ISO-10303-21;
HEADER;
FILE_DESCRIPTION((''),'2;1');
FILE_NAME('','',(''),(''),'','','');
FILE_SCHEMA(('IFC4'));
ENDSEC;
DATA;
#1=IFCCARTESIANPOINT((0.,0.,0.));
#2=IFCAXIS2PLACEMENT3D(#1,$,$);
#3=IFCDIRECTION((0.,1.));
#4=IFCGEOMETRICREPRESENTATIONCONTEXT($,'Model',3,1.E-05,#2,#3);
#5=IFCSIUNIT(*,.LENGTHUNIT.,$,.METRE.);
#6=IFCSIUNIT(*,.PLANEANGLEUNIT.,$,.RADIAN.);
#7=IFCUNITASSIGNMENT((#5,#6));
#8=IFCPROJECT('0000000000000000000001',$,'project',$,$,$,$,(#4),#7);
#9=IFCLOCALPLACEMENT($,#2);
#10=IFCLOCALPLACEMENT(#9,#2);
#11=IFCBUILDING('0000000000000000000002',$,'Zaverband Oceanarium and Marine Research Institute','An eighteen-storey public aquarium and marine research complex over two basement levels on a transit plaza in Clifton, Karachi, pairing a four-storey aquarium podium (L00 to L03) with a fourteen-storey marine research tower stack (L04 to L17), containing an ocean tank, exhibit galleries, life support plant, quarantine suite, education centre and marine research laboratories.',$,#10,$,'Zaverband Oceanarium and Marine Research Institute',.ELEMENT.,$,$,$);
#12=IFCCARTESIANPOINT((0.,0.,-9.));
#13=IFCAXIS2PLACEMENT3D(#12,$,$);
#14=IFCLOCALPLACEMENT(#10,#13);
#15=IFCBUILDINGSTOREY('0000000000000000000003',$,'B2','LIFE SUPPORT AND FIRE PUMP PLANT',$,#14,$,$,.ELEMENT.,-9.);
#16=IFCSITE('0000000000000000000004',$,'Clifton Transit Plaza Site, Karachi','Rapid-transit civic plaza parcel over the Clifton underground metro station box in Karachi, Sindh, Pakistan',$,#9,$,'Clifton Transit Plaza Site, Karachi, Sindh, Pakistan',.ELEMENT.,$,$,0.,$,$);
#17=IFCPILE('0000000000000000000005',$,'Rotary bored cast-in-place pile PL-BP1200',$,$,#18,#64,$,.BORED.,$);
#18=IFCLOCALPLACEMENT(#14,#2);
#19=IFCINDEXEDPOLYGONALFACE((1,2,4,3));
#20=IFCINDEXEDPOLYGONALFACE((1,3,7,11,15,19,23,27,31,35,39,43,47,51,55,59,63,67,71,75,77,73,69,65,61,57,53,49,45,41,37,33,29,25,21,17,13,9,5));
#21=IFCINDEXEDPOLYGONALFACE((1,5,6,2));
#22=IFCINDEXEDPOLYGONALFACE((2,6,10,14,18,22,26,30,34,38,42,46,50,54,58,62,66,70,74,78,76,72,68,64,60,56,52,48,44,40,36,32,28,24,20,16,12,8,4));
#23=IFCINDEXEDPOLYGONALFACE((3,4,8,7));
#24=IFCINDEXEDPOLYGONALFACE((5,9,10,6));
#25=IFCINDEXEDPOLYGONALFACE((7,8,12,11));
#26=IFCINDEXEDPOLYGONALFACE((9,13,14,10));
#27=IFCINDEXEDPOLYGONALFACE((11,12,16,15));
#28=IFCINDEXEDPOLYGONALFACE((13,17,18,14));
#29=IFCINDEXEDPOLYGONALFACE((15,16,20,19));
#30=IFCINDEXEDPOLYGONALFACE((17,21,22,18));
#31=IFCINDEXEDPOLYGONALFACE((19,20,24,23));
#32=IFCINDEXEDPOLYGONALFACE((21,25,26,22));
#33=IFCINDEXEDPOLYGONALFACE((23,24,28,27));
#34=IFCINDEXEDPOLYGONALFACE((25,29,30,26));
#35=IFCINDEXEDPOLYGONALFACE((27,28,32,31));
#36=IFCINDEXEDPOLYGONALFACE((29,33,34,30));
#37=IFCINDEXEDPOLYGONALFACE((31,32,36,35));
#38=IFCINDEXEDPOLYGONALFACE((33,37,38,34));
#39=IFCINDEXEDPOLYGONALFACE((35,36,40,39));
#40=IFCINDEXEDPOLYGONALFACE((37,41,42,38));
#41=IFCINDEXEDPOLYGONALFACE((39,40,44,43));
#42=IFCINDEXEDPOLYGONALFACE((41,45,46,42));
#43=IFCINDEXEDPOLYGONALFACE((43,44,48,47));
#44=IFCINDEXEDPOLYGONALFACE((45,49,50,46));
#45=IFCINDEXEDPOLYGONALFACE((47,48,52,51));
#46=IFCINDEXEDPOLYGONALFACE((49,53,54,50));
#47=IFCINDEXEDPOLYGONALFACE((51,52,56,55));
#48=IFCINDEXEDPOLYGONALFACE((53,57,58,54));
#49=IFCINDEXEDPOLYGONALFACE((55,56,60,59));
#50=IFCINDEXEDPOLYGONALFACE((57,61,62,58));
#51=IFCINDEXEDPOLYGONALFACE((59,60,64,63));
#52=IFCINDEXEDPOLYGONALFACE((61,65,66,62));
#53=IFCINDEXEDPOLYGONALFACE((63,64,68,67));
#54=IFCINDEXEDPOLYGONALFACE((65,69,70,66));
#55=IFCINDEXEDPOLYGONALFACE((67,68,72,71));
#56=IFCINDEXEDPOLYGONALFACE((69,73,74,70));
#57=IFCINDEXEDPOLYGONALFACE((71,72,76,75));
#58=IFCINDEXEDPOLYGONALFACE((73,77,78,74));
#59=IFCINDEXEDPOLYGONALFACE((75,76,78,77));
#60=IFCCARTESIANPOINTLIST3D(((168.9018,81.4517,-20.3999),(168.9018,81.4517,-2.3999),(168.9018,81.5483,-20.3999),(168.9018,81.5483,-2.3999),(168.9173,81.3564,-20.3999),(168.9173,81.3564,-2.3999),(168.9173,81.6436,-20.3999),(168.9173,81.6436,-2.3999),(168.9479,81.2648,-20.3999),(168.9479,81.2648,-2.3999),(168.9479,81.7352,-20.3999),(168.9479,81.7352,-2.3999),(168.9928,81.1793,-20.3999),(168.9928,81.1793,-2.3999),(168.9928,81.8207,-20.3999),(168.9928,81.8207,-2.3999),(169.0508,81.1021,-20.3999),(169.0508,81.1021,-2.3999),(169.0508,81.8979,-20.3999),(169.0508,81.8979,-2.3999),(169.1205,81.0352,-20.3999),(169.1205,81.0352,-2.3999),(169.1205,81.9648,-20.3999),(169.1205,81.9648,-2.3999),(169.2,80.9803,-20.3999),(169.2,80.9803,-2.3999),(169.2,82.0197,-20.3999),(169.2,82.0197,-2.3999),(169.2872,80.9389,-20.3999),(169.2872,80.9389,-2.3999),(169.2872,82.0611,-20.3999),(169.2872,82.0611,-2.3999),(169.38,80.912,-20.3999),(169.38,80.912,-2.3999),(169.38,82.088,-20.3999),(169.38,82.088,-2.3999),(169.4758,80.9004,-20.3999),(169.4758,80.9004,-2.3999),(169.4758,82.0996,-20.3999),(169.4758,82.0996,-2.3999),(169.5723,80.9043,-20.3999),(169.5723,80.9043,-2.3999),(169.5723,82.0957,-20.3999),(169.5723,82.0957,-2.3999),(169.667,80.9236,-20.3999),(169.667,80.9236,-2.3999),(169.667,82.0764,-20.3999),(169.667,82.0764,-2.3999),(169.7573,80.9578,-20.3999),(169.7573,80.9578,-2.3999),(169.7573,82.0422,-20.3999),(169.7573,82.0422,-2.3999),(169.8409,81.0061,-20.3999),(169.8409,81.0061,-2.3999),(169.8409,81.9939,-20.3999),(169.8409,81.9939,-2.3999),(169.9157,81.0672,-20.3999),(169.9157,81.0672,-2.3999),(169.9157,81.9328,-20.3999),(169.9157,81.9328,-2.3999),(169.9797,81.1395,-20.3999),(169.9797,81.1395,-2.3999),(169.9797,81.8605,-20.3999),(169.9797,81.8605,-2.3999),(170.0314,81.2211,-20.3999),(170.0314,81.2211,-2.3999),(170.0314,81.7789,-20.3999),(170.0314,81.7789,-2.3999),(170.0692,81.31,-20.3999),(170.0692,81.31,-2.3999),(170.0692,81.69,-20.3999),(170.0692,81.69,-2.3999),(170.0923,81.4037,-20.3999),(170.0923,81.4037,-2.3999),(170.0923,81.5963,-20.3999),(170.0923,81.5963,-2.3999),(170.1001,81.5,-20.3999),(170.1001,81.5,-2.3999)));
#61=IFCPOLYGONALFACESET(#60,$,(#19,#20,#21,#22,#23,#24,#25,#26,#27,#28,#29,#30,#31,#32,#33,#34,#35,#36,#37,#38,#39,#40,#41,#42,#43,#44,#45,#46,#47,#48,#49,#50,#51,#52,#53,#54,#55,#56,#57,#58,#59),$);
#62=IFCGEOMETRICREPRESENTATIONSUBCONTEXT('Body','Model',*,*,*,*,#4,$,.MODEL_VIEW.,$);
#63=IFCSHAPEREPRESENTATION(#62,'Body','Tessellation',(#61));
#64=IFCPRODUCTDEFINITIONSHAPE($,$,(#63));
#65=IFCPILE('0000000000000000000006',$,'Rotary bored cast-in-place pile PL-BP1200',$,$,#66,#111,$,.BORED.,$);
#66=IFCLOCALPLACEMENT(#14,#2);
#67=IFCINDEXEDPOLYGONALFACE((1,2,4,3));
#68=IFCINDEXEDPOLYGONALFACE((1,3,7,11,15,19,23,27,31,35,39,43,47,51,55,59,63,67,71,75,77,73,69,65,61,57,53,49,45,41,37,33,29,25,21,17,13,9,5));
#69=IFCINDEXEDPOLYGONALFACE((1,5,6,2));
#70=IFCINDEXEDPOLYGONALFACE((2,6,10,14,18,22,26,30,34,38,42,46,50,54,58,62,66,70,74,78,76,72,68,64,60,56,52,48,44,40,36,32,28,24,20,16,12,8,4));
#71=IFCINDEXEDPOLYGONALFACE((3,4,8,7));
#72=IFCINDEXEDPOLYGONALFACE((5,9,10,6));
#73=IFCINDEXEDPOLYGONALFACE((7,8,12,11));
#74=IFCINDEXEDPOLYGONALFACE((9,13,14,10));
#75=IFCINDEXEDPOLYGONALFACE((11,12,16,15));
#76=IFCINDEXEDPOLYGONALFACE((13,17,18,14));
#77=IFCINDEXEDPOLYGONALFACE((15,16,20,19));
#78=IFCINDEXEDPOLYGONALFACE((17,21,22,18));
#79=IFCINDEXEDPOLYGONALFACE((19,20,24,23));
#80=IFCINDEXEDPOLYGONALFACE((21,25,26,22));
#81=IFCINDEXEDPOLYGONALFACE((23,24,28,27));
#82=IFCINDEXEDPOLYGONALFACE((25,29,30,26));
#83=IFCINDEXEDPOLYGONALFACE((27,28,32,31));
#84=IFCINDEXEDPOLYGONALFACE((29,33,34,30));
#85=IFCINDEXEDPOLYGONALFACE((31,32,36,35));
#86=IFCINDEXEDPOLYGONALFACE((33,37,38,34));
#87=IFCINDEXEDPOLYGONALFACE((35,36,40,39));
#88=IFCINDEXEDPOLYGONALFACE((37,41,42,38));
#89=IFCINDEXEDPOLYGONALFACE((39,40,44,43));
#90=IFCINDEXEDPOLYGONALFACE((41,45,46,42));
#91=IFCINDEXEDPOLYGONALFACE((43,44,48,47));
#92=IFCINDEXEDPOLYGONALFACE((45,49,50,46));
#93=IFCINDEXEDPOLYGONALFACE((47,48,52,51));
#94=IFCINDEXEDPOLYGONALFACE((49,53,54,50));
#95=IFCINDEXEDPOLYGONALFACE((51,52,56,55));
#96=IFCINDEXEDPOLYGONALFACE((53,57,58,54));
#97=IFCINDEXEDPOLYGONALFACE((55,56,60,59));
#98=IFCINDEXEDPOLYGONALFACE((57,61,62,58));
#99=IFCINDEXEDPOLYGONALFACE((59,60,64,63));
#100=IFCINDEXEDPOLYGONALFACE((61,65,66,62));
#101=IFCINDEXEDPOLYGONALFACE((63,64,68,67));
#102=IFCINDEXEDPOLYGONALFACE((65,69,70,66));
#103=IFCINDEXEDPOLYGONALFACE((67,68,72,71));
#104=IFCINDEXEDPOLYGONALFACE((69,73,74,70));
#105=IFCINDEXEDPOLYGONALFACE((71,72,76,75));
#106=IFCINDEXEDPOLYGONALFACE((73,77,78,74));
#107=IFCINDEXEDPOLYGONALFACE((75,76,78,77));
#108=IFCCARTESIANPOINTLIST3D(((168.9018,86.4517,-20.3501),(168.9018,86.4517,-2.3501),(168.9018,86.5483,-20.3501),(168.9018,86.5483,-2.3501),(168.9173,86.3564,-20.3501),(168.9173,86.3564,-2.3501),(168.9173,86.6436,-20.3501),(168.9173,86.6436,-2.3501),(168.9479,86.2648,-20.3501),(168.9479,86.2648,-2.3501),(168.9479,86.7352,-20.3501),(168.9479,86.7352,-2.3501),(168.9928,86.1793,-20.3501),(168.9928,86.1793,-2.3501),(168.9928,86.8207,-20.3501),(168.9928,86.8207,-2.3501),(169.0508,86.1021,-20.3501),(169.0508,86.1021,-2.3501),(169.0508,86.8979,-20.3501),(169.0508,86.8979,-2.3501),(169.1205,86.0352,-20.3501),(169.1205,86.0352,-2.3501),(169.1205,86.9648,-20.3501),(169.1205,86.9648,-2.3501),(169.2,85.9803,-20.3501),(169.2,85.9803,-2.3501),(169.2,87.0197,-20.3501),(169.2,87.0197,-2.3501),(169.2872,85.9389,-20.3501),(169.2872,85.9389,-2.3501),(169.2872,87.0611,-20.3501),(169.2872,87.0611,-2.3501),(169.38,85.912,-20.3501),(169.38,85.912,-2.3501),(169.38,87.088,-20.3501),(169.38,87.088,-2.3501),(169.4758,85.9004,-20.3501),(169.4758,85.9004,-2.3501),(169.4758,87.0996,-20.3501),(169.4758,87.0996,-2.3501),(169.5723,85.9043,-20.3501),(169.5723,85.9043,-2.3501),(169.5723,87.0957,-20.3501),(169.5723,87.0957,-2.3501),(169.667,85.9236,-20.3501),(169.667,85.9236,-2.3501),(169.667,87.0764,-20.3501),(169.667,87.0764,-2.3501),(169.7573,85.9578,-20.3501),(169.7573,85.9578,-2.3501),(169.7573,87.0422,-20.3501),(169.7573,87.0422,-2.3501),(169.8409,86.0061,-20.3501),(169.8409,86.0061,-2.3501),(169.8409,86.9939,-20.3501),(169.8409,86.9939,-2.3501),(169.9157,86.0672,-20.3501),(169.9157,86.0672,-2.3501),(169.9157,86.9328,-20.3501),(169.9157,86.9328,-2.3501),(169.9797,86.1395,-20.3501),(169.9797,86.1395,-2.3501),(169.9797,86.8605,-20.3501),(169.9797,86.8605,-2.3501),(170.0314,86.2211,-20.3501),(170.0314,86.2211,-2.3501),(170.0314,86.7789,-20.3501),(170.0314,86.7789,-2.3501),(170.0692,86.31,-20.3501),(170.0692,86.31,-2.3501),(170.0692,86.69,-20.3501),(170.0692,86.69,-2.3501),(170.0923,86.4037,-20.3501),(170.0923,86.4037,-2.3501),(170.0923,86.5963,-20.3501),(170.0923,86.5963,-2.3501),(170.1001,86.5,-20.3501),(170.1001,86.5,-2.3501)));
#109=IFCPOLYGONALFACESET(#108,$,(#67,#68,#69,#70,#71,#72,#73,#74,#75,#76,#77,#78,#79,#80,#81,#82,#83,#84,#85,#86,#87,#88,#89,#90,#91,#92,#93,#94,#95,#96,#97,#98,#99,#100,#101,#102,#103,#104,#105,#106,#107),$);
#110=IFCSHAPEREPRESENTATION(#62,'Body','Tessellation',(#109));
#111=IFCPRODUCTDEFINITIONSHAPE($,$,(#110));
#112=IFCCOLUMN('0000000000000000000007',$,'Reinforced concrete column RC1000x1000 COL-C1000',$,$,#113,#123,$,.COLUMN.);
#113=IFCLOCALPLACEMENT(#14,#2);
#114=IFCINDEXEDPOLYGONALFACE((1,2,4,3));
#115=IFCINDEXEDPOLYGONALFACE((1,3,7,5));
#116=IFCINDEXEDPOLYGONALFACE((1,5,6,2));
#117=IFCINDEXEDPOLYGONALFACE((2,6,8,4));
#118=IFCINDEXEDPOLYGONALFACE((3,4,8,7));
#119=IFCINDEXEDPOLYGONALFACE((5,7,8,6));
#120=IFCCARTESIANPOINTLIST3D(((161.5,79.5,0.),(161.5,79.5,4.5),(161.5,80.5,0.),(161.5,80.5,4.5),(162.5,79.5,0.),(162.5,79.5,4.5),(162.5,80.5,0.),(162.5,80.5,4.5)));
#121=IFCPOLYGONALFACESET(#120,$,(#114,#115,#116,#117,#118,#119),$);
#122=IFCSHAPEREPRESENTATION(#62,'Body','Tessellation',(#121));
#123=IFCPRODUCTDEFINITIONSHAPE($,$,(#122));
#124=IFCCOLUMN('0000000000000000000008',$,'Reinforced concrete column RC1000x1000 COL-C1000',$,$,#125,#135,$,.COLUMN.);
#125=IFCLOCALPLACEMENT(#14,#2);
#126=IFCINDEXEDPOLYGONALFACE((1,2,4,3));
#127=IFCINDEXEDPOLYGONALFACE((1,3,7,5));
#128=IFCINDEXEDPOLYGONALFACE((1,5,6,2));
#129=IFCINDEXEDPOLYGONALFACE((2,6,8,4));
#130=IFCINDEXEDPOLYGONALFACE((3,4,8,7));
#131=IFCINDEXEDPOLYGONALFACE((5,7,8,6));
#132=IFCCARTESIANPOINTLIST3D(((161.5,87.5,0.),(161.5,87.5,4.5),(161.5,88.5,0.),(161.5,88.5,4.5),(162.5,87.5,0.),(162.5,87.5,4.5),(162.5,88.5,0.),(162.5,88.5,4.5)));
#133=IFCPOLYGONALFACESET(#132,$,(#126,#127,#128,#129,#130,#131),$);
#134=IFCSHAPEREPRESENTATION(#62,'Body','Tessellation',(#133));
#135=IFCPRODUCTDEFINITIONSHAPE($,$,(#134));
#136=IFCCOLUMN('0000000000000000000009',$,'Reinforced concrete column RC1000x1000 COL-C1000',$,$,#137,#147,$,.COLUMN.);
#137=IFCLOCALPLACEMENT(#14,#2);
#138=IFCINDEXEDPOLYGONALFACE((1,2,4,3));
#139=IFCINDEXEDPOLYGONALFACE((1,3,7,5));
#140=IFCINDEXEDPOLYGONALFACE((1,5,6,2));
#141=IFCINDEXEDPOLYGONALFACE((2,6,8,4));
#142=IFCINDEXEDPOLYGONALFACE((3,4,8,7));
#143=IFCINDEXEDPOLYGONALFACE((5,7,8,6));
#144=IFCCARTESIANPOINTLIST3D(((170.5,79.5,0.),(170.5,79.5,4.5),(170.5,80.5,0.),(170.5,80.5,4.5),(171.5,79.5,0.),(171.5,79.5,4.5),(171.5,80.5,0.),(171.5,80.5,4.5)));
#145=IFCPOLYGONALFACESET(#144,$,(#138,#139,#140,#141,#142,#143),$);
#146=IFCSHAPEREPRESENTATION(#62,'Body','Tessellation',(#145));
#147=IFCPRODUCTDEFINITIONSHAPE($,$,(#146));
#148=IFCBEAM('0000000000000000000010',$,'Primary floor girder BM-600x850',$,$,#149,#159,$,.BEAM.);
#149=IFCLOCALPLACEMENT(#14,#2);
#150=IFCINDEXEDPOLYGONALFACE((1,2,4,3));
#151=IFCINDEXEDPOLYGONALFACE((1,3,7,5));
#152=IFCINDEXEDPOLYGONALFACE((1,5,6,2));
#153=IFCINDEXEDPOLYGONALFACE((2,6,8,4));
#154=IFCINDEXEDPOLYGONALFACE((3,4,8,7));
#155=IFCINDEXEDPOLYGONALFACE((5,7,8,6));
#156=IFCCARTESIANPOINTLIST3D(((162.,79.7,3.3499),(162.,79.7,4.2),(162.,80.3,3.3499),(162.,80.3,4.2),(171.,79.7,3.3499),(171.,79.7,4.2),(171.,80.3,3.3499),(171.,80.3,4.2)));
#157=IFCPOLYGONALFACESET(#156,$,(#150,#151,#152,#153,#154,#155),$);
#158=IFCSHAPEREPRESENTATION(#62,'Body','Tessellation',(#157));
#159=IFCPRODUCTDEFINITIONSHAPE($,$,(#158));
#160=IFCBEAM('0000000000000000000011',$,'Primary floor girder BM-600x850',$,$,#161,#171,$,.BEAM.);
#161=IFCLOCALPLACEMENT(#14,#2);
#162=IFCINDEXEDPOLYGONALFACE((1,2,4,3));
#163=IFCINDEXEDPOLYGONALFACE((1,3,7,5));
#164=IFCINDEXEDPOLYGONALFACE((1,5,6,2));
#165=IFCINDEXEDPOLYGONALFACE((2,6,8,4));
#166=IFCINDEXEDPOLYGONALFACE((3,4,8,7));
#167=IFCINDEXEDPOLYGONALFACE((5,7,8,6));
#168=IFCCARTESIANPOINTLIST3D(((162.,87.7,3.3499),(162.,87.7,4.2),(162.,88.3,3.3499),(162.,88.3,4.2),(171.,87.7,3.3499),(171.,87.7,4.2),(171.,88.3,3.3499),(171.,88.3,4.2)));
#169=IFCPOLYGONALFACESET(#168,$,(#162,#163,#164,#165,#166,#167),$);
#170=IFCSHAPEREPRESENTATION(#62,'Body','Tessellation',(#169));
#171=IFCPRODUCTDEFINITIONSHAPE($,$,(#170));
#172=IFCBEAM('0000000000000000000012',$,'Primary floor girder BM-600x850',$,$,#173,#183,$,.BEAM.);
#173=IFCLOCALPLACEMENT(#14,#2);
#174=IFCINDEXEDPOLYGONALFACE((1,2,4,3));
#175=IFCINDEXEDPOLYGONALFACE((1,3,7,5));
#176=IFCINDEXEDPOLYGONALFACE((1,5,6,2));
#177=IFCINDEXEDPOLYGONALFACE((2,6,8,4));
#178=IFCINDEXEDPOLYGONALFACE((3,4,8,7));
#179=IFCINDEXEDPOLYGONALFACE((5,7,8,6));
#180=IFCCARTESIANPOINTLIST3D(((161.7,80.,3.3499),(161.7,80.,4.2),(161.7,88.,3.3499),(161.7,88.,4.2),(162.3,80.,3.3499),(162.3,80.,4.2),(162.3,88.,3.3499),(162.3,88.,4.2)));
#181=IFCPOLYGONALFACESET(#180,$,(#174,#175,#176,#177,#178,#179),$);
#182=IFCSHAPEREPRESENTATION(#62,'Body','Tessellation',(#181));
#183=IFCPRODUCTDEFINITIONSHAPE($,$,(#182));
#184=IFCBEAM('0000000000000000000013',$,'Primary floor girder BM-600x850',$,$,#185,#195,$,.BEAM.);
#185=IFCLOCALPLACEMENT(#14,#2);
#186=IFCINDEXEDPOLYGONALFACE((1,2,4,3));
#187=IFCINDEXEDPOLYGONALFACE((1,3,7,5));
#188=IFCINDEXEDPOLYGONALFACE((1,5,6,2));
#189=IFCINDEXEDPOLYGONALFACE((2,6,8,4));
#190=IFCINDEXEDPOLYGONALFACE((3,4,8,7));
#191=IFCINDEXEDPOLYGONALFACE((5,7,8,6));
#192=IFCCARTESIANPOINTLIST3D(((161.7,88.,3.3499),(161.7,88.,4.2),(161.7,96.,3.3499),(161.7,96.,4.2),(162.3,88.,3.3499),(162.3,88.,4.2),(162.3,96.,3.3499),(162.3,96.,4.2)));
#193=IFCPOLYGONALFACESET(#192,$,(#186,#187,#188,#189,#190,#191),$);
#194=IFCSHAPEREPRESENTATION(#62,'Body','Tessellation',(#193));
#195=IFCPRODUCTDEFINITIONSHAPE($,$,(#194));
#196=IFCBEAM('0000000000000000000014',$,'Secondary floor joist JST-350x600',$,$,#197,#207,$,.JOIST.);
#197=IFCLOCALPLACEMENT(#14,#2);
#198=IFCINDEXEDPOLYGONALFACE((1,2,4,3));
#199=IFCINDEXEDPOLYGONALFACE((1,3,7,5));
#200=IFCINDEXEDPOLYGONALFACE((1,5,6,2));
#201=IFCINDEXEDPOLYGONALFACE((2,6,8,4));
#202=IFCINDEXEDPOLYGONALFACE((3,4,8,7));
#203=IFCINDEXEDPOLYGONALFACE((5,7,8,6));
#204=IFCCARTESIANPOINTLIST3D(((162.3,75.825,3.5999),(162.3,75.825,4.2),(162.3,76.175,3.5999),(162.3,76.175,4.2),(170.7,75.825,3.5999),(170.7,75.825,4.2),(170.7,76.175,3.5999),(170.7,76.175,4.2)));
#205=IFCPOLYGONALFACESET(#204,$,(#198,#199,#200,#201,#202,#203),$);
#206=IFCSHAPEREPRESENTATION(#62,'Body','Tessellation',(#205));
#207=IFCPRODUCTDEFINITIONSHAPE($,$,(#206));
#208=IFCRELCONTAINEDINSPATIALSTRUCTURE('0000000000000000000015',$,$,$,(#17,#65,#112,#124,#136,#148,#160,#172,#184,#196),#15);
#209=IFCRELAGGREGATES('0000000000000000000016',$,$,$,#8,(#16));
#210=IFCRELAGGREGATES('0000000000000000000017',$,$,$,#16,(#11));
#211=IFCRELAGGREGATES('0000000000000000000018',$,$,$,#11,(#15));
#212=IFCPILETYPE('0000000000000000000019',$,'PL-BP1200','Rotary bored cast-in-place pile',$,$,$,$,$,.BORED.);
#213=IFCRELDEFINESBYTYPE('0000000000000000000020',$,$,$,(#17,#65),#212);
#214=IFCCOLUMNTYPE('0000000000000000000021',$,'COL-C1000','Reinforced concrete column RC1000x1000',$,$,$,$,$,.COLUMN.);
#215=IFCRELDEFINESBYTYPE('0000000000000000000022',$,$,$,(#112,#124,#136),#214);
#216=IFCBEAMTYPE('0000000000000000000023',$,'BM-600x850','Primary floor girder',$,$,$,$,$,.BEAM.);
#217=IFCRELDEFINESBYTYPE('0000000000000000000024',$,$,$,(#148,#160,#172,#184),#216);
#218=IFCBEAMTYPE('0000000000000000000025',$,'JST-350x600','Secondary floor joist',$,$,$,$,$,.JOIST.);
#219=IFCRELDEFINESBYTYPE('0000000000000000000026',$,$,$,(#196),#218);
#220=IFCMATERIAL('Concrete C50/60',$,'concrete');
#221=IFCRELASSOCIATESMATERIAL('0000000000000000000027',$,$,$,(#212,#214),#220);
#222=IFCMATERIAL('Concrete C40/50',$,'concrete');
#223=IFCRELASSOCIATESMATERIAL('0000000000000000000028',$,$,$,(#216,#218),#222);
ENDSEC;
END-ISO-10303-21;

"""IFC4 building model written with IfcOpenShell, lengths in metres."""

from ifc_helpers import new_model, si_unit, direction, frame, origin, origin_2d, place, context, subcontext, project, spatial, rectangle, circle, extrude, material, material_profile, profile_set, type_object, element, save


model = new_model("IFC4")

# Units and contexts
model_context = context("Model", 3, precision=1e-05, world=origin(), true_north=direction((0.0, 1.0)))
body_context = subcontext(model_context, "Body", "Model", "MODEL_VIEW")
ifc_project = project(units=[si_unit("LENGTHUNIT", "METRE"), si_unit("PLANEANGLEUNIT", "RADIAN")], contexts=[model_context])

# Site, building, storey
site_placement = place(None, origin())
site = spatial("IfcSite", under=ifc_project, at=site_placement, Name="Clifton Transit Plaza Site, Karachi", Description="Rapid-transit civic plaza parcel over the Clifton underground metro station box in Karachi, Sindh, Pakistan", LongName="Clifton Transit Plaza Site, Karachi, Sindh, Pakistan", CompositionType="ELEMENT", RefElevation=0.0)
building_placement = place(site_placement, origin())
building = spatial("IfcBuilding", under=site, at=building_placement, Name="Zaverband Oceanarium and Marine Research Institute", Description="An eighteen-storey public aquarium and marine research complex over two basement levels on a transit plaza in Clifton, Karachi, pairing a four-storey aquarium podium (L00 to L03) with a fourteen-storey marine research tower stack (L04 to L17), containing an ocean tank, exhibit galleries, life support plant, quarantine suite, education centre and marine research laboratories.", LongName="Zaverband Oceanarium and Marine Research Institute", CompositionType="ELEMENT")
storey_placement = place(building_placement, frame((0.0, 0.0, -9.0)))
storey = spatial("IfcBuildingStorey", under=building, at=storey_placement, Name="B2", Description="LIFE SUPPORT AND FIRE PUMP PLANT", CompositionType="ELEMENT", Elevation=-9.0)

# Shared definitions
ifc_material_1 = material(Name="Concrete C50/60", Category="concrete")

# Piles
ifc_material_profile_1 = material_profile(ifc_material_1, circle(Radius=0.6001, at=origin_2d()), Name="BP1200")
ifc_profile_set_1 = profile_set([ifc_material_profile_1], Name="Concrete C50/60")
pile_type = type_object("IfcPileType", Name="PL-BP1200", Description="Rotary bored cast-in-place pile", PredefinedType="BORED", material=ifc_profile_set_1)
for number, where, z_axis, x_axis, name in (
    (1, (169.5, 81.5, -2.3999), (0.0, 0.0, -1.0), (1.0, 0.0, 0.0), "Rotary bored cast-in-place pile PL-BP1200"),
    (2, (169.5, 86.5, -2.3501), (0.0, 0.0, -1.0), (1.0, 0.0, 0.0), "Rotary bored cast-in-place pile PL-BP1200"),
):
    element("IfcPile", number, at=place(storey_placement, frame(where, z_axis=z_axis, x_axis=x_axis)), inside=storey, type_object=pile_type, Name=name, PredefinedType="BORED", context=body_context, shape_type="SweptSolid", body=[
        extrude(circle(Radius=0.6001, at=origin_2d()), origin(), (0.0, 0.0, 1.0), 18.0),
    ])

# Columns
ifc_material_profile_2 = material_profile(ifc_material_1, rectangle(XDim=1.0, YDim=1.0, at=origin_2d()), Name="RC1000x1000")
ifc_profile_set_2 = profile_set([ifc_material_profile_2], Name="Concrete C50/60")
column_type = type_object("IfcColumnType", Name="COL-C1000", Description="Reinforced concrete column RC1000x1000", PredefinedType="COLUMN", material=ifc_profile_set_2)
for number, where, z_axis, x_axis, name in (
    (3, (162.0, 80.0, 0.0), (0.0, 0.0, 1.0), (1.0, 0.0, 0.0), "Reinforced concrete column RC1000x1000 COL-C1000"),
    (4, (162.0, 88.0, 0.0), (0.0, 0.0, 1.0), (1.0, 0.0, 0.0), "Reinforced concrete column RC1000x1000 COL-C1000"),
    (5, (171.0, 80.0, 0.0), (0.0, 0.0, 1.0), (1.0, 0.0, 0.0), "Reinforced concrete column RC1000x1000 COL-C1000"),
):
    element("IfcColumn", number, at=place(storey_placement, frame(where, z_axis=z_axis, x_axis=x_axis)), inside=storey, type_object=column_type, Name=name, PredefinedType="COLUMN", context=body_context, shape_type="SweptSolid", body=[
        extrude(rectangle(XDim=1.0, YDim=1.0, at=origin_2d()), origin(), (0.0, 0.0, 1.0), 4.5),
    ])

# Beams
ifc_material_2 = material(Name="Concrete C40/50", Category="concrete")
ifc_material_profile_3 = material_profile(ifc_material_2, rectangle(XDim=0.6001, YDim=0.8501, at=origin_2d()), Name="RC600x850")
ifc_profile_set_3 = profile_set([ifc_material_profile_3], Name="Concrete C40/50")
beam_type_1 = type_object("IfcBeamType", Name="BM-600x850", Description="Primary floor girder", PredefinedType="BEAM", material=ifc_profile_set_3)
for number, where, z_axis, x_axis, name in (
    (6, (162.0, 80.0, 3.7749), (1.0, 0.0, 0.0), (0.0, 1.0, 0.0), "Primary floor girder BM-600x850"),
    (7, (162.0, 88.0, 3.7749), (1.0, 0.0, 0.0), (0.0, 1.0, 0.0), "Primary floor girder BM-600x850"),
):
    element("IfcBeam", number, at=place(storey_placement, frame(where, z_axis=z_axis, x_axis=x_axis)), inside=storey, type_object=beam_type_1, Name=name, PredefinedType="BEAM", context=body_context, shape_type="SweptSolid", body=[
        extrude(rectangle(XDim=0.6001, YDim=0.8501, at=origin_2d()), origin(), (0.0, 0.0, 1.0), 9.0),
    ])
for number, where, z_axis, x_axis, name in (
    (8, (162.0, 80.0, 3.7749), (0.0, 1.0, 0.0), (-1.0, 0.0, 0.0), "Primary floor girder BM-600x850"),
    (9, (162.0, 88.0, 3.7749), (0.0, 1.0, 0.0), (-1.0, 0.0, 0.0), "Primary floor girder BM-600x850"),
):
    element("IfcBeam", number, at=place(storey_placement, frame(where, z_axis=z_axis, x_axis=x_axis)), inside=storey, type_object=beam_type_1, Name=name, PredefinedType="BEAM", context=body_context, shape_type="SweptSolid", body=[
        extrude(rectangle(XDim=0.6001, YDim=0.8501, at=origin_2d()), origin(), (0.0, 0.0, 1.0), 8.0),
    ])
ifc_material_profile_4 = material_profile(ifc_material_2, rectangle(XDim=0.3501, YDim=0.6001, at=origin_2d()), Name="RC350x600")
ifc_profile_set_4 = profile_set([ifc_material_profile_4], Name="Concrete C40/50")
beam_type_2 = type_object("IfcBeamType", Name="JST-350x600", Description="Secondary floor joist", PredefinedType="JOIST", material=ifc_profile_set_4)
for number, where, z_axis, x_axis, name in (
    (10, (162.3, 76.0, 3.8999), (1.0, 0.0, 0.0), (0.0, 1.0, 0.0), "Secondary floor joist JST-350x600"),
):
    element("IfcBeam", number, at=place(storey_placement, frame(where, z_axis=z_axis, x_axis=x_axis)), inside=storey, type_object=beam_type_2, Name=name, PredefinedType="JOIST", context=body_context, shape_type="SweptSolid", body=[
        extrude(rectangle(XDim=0.3501, YDim=0.6001, at=origin_2d()), origin(), (0.0, 0.0, 1.0), 8.3999),
    ])

save(model, "model.ifc")
